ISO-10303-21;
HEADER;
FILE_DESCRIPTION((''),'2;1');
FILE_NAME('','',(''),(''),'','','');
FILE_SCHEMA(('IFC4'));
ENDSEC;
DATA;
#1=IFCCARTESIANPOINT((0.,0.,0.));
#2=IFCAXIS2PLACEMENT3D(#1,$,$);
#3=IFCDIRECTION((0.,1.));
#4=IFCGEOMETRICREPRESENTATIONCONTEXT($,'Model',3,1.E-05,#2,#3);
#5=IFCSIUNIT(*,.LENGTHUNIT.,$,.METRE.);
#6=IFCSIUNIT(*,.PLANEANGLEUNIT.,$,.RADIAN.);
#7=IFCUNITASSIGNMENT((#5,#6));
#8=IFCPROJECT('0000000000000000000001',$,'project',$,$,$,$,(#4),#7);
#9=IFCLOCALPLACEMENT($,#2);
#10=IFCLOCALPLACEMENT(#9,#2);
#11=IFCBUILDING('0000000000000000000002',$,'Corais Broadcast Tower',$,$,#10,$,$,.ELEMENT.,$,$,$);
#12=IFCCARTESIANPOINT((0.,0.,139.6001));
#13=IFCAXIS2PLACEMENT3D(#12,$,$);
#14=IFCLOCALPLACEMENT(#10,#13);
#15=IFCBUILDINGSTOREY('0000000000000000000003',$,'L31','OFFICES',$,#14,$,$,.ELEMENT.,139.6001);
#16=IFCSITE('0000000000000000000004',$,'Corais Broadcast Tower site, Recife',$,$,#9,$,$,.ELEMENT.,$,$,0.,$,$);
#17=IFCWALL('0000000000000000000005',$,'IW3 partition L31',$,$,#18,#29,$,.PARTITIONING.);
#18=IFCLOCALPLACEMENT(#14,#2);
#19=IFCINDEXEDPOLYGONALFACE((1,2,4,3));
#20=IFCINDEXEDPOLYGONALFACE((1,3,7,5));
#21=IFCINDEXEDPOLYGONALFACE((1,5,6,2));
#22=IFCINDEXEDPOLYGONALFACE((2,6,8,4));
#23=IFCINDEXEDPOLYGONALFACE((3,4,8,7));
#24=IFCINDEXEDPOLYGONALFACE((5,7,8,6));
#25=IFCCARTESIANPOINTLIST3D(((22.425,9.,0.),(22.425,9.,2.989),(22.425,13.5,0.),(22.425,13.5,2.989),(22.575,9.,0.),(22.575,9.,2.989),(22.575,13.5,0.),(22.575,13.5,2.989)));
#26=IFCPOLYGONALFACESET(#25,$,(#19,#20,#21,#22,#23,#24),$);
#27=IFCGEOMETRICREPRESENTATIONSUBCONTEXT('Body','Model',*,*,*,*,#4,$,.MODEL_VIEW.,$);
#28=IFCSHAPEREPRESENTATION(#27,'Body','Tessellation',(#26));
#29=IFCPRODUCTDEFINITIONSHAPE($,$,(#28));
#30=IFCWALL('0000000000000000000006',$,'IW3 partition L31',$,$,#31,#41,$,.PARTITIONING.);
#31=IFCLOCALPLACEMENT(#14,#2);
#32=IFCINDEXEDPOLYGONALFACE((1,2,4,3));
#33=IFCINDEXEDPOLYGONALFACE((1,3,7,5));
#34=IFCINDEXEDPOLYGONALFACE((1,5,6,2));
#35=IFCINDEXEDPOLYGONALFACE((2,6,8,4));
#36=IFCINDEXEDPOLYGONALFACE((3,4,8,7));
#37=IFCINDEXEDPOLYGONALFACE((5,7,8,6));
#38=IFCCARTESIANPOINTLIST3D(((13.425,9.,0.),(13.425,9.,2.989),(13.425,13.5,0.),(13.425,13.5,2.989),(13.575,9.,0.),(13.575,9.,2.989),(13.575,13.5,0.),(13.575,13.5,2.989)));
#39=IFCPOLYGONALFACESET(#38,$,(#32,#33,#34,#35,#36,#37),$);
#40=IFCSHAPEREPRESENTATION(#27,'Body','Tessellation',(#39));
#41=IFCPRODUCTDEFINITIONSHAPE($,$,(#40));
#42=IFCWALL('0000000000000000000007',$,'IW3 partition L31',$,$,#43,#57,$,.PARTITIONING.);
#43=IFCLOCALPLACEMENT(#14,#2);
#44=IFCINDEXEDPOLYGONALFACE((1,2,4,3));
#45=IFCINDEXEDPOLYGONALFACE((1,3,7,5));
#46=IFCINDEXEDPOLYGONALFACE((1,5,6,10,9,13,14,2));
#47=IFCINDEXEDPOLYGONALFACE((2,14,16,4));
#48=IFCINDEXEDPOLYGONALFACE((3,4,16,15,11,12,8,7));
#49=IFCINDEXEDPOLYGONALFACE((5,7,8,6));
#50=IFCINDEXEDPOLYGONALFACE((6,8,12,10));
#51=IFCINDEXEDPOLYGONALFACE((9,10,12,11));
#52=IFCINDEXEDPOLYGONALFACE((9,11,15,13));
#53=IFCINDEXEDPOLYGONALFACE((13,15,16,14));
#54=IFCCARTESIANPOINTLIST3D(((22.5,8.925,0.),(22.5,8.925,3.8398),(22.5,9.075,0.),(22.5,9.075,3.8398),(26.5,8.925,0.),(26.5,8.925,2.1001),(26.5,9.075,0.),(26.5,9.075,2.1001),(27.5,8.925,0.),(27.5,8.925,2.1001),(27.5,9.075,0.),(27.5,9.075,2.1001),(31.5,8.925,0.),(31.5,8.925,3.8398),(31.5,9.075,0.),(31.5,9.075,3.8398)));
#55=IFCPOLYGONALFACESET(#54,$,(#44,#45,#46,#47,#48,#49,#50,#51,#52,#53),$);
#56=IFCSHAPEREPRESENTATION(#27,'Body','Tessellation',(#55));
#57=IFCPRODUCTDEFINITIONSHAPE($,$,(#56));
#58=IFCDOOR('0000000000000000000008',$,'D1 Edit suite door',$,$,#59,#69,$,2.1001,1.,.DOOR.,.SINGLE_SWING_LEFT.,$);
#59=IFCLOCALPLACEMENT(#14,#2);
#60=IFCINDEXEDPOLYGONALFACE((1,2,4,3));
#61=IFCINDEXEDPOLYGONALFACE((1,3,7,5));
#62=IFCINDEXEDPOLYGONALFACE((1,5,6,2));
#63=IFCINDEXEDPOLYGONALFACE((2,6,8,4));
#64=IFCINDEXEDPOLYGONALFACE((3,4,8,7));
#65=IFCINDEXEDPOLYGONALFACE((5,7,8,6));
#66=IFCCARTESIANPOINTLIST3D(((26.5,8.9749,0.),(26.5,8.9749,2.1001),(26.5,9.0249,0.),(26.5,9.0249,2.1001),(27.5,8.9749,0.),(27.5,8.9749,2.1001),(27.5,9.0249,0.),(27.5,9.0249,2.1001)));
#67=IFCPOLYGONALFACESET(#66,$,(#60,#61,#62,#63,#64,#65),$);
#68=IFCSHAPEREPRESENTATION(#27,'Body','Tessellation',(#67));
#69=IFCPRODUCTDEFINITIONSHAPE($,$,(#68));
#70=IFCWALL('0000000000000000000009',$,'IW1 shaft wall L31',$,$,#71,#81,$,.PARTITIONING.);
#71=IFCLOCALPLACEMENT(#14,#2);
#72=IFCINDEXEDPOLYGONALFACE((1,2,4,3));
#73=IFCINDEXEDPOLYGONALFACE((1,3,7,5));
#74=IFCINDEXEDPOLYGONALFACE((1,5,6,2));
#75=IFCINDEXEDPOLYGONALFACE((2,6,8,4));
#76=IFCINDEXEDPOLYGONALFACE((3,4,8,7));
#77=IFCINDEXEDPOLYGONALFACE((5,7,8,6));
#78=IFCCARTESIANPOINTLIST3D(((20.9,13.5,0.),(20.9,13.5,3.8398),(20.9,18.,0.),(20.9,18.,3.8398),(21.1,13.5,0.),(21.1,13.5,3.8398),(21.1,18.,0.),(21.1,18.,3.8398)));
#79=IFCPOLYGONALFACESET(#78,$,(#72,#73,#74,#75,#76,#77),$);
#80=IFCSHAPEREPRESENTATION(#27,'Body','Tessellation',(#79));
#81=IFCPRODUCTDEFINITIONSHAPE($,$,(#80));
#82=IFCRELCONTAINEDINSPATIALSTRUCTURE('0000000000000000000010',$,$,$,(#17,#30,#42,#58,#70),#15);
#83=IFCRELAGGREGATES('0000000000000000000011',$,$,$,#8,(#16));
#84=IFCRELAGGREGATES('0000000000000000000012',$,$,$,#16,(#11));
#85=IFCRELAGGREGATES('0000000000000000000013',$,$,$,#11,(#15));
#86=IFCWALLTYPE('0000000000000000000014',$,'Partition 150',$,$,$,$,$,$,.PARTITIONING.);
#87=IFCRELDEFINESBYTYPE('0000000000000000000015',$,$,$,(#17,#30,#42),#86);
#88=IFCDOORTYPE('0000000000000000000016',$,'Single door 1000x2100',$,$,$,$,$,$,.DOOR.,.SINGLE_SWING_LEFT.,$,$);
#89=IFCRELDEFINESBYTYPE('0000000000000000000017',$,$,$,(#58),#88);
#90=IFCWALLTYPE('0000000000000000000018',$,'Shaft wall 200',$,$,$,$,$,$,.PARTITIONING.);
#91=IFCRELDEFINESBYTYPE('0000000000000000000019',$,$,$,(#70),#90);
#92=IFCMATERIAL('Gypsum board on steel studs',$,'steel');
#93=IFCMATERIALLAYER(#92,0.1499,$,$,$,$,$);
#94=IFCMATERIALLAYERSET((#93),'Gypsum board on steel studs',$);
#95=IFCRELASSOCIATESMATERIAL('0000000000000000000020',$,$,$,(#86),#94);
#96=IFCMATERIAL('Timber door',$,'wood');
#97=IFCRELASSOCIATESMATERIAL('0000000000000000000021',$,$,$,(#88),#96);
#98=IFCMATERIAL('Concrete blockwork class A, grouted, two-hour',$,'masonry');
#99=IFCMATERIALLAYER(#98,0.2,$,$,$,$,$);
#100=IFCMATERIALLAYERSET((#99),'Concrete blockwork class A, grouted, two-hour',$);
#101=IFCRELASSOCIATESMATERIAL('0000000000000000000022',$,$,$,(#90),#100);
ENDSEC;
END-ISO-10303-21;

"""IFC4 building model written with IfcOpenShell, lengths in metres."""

from ifc_helpers import new_model, si_unit, direction, frame, frame_2d, origin, place, context, subcontext, project, spatial, rectangle, extrude, material, layer, layer_set, type_object, element, fill, save


model = new_model("IFC4")

# Units and contexts
model_context = context("Model", 3, precision=1e-05, world=origin(), true_north=direction((0.0, 1.0)))
body_context = subcontext(model_context, "Body", "Model", "MODEL_VIEW")
ifc_project = project(units=[si_unit("LENGTHUNIT", "METRE"), si_unit("PLANEANGLEUNIT", "RADIAN")], contexts=[model_context])

# Site, building, storey
site_placement = place(None, origin())
site = spatial("IfcSite", under=ifc_project, at=site_placement, Name="Corais Broadcast Tower site, Recife", CompositionType="ELEMENT", RefElevation=0.0)
building_placement = place(site_placement, origin())
building = spatial("IfcBuilding", under=site, at=building_placement, Name="Corais Broadcast Tower", CompositionType="ELEMENT")
storey_placement = place(building_placement, frame((0.0, 0.0, 139.6001)))
storey = spatial("IfcBuildingStorey", under=building, at=storey_placement, Name="L31", Description="OFFICES", CompositionType="ELEMENT", Elevation=139.6001)

# Walls
ifc_material_1 = material(Name="Gypsum board on steel studs", Category="steel")
ifc_layer_1 = layer(ifc_material_1, 0.1499)
ifc_layer_set_1 = layer_set([ifc_layer_1], Name="Gypsum board on steel studs")
wall_type_1 = type_object("IfcWallType", Name="Partition 150", PredefinedType="PARTITIONING", material=ifc_layer_set_1)
for number, where, z_axis, x_axis, name in (
    (1, (22.5, 9.0, 0.0), (0.0, 0.0, 1.0), (0.0, 1.0, 0.0), "IW3 partition L31"),
    (2, (13.5, 13.5, 0.0), (0.0, 0.0, 1.0), (0.0, -1.0, 0.0), "IW3 partition L31"),
):
    element("IfcWall", number, at=place(storey_placement, frame(where, z_axis=z_axis, x_axis=x_axis)), inside=storey, type_object=wall_type_1, Name=name, PredefinedType="PARTITIONING", context=body_context, shape_type="SweptSolid", body=[
        extrude(rectangle(XDim=4.5, YDim=0.1499, at=frame_2d((2.25, 0.0))), origin(), (0.0, 0.0, 1.0), 2.989),
    ])

# Wall, opening, door
wall_1_placement = place(storey_placement, frame((22.5, 9.0, 0.0), z_axis=(0.0, 0.0, 1.0), x_axis=(1.0, 0.0, 0.0)))
wall_1 = element("IfcWall", 3, at=wall_1_placement, inside=storey, type_object=wall_type_1, Name="IW3 partition L31", PredefinedType="PARTITIONING", context=body_context, shape_type="SweptSolid", body=[
    extrude(rectangle(XDim=9.0, YDim=0.1499, at=frame_2d((4.5, 0.0))), origin(), (0.0, 0.0, 1.0), 3.8398),
])
opening_1_placement = place(wall_1_placement, frame((4.0, 0.0, 0.0)))
opening_1 = element("IfcOpeningElement", 4, at=opening_1_placement, cuts=wall_1, PredefinedType="OPENING", context=body_context, shape_type="SweptSolid", body=[
    extrude(rectangle(XDim=1.0, YDim=2.1001, at=frame_2d((0.5, 1.05))), frame((0.0, 0.085, 0.0), z_axis=(0.0, -1.0, 0.0), x_axis=(1.0, 0.0, 0.0)), (0.0, 0.0, 1.0), 0.1699),
])
ifc_material_2 = material(Name="Timber door", Category="wood")
door_type_1 = type_object("IfcDoorType", Name="Single door 1000x2100", OperationType="SINGLE_SWING_LEFT", PredefinedType="DOOR", material=ifc_material_2)
door_1_placement = place(opening_1_placement, origin())
door_1 = element("IfcDoor", 5, at=door_1_placement, inside=storey, type_object=door_type_1, Name="D1 Edit suite door", OperationType="SINGLE_SWING_LEFT", OverallHeight=2.1001, OverallWidth=1.0, PredefinedType="DOOR", context=body_context, shape_type="SweptSolid", body=[
    extrude(rectangle(XDim=1.0, YDim=2.1001, at=frame_2d((0.5, 1.05))), frame((0.0, 0.0249, 0.0), z_axis=(0.0, -1.0, 0.0), x_axis=(1.0, 0.0, 0.0)), (0.0, 0.0, 1.0), 0.05),
])
fill(opening_1, door_1)

# Wall
ifc_material_3 = material(Name="Concrete blockwork class A, grouted, two-hour", Category="masonry")
ifc_layer_2 = layer(ifc_material_3, 0.2)
ifc_layer_set_2 = layer_set([ifc_layer_2], Name="Concrete blockwork class A, grouted, two-hour")
wall_type_2 = type_object("IfcWallType", Name="Shaft wall 200", PredefinedType="PARTITIONING", material=ifc_layer_set_2)
wall_2_placement = place(storey_placement, frame((21.0, 13.5, 0.0), z_axis=(0.0, 0.0, 1.0), x_axis=(0.0, 1.0, 0.0)))
element("IfcWall", 6, at=wall_2_placement, inside=storey, type_object=wall_type_2, Name="IW1 shaft wall L31", PredefinedType="PARTITIONING", context=body_context, shape_type="SweptSolid", body=[
    extrude(rectangle(XDim=4.5, YDim=0.2, at=frame_2d((2.25, 0.0))), origin(), (0.0, 0.0, 1.0), 3.8398),
])

save(model, "model.ifc")
